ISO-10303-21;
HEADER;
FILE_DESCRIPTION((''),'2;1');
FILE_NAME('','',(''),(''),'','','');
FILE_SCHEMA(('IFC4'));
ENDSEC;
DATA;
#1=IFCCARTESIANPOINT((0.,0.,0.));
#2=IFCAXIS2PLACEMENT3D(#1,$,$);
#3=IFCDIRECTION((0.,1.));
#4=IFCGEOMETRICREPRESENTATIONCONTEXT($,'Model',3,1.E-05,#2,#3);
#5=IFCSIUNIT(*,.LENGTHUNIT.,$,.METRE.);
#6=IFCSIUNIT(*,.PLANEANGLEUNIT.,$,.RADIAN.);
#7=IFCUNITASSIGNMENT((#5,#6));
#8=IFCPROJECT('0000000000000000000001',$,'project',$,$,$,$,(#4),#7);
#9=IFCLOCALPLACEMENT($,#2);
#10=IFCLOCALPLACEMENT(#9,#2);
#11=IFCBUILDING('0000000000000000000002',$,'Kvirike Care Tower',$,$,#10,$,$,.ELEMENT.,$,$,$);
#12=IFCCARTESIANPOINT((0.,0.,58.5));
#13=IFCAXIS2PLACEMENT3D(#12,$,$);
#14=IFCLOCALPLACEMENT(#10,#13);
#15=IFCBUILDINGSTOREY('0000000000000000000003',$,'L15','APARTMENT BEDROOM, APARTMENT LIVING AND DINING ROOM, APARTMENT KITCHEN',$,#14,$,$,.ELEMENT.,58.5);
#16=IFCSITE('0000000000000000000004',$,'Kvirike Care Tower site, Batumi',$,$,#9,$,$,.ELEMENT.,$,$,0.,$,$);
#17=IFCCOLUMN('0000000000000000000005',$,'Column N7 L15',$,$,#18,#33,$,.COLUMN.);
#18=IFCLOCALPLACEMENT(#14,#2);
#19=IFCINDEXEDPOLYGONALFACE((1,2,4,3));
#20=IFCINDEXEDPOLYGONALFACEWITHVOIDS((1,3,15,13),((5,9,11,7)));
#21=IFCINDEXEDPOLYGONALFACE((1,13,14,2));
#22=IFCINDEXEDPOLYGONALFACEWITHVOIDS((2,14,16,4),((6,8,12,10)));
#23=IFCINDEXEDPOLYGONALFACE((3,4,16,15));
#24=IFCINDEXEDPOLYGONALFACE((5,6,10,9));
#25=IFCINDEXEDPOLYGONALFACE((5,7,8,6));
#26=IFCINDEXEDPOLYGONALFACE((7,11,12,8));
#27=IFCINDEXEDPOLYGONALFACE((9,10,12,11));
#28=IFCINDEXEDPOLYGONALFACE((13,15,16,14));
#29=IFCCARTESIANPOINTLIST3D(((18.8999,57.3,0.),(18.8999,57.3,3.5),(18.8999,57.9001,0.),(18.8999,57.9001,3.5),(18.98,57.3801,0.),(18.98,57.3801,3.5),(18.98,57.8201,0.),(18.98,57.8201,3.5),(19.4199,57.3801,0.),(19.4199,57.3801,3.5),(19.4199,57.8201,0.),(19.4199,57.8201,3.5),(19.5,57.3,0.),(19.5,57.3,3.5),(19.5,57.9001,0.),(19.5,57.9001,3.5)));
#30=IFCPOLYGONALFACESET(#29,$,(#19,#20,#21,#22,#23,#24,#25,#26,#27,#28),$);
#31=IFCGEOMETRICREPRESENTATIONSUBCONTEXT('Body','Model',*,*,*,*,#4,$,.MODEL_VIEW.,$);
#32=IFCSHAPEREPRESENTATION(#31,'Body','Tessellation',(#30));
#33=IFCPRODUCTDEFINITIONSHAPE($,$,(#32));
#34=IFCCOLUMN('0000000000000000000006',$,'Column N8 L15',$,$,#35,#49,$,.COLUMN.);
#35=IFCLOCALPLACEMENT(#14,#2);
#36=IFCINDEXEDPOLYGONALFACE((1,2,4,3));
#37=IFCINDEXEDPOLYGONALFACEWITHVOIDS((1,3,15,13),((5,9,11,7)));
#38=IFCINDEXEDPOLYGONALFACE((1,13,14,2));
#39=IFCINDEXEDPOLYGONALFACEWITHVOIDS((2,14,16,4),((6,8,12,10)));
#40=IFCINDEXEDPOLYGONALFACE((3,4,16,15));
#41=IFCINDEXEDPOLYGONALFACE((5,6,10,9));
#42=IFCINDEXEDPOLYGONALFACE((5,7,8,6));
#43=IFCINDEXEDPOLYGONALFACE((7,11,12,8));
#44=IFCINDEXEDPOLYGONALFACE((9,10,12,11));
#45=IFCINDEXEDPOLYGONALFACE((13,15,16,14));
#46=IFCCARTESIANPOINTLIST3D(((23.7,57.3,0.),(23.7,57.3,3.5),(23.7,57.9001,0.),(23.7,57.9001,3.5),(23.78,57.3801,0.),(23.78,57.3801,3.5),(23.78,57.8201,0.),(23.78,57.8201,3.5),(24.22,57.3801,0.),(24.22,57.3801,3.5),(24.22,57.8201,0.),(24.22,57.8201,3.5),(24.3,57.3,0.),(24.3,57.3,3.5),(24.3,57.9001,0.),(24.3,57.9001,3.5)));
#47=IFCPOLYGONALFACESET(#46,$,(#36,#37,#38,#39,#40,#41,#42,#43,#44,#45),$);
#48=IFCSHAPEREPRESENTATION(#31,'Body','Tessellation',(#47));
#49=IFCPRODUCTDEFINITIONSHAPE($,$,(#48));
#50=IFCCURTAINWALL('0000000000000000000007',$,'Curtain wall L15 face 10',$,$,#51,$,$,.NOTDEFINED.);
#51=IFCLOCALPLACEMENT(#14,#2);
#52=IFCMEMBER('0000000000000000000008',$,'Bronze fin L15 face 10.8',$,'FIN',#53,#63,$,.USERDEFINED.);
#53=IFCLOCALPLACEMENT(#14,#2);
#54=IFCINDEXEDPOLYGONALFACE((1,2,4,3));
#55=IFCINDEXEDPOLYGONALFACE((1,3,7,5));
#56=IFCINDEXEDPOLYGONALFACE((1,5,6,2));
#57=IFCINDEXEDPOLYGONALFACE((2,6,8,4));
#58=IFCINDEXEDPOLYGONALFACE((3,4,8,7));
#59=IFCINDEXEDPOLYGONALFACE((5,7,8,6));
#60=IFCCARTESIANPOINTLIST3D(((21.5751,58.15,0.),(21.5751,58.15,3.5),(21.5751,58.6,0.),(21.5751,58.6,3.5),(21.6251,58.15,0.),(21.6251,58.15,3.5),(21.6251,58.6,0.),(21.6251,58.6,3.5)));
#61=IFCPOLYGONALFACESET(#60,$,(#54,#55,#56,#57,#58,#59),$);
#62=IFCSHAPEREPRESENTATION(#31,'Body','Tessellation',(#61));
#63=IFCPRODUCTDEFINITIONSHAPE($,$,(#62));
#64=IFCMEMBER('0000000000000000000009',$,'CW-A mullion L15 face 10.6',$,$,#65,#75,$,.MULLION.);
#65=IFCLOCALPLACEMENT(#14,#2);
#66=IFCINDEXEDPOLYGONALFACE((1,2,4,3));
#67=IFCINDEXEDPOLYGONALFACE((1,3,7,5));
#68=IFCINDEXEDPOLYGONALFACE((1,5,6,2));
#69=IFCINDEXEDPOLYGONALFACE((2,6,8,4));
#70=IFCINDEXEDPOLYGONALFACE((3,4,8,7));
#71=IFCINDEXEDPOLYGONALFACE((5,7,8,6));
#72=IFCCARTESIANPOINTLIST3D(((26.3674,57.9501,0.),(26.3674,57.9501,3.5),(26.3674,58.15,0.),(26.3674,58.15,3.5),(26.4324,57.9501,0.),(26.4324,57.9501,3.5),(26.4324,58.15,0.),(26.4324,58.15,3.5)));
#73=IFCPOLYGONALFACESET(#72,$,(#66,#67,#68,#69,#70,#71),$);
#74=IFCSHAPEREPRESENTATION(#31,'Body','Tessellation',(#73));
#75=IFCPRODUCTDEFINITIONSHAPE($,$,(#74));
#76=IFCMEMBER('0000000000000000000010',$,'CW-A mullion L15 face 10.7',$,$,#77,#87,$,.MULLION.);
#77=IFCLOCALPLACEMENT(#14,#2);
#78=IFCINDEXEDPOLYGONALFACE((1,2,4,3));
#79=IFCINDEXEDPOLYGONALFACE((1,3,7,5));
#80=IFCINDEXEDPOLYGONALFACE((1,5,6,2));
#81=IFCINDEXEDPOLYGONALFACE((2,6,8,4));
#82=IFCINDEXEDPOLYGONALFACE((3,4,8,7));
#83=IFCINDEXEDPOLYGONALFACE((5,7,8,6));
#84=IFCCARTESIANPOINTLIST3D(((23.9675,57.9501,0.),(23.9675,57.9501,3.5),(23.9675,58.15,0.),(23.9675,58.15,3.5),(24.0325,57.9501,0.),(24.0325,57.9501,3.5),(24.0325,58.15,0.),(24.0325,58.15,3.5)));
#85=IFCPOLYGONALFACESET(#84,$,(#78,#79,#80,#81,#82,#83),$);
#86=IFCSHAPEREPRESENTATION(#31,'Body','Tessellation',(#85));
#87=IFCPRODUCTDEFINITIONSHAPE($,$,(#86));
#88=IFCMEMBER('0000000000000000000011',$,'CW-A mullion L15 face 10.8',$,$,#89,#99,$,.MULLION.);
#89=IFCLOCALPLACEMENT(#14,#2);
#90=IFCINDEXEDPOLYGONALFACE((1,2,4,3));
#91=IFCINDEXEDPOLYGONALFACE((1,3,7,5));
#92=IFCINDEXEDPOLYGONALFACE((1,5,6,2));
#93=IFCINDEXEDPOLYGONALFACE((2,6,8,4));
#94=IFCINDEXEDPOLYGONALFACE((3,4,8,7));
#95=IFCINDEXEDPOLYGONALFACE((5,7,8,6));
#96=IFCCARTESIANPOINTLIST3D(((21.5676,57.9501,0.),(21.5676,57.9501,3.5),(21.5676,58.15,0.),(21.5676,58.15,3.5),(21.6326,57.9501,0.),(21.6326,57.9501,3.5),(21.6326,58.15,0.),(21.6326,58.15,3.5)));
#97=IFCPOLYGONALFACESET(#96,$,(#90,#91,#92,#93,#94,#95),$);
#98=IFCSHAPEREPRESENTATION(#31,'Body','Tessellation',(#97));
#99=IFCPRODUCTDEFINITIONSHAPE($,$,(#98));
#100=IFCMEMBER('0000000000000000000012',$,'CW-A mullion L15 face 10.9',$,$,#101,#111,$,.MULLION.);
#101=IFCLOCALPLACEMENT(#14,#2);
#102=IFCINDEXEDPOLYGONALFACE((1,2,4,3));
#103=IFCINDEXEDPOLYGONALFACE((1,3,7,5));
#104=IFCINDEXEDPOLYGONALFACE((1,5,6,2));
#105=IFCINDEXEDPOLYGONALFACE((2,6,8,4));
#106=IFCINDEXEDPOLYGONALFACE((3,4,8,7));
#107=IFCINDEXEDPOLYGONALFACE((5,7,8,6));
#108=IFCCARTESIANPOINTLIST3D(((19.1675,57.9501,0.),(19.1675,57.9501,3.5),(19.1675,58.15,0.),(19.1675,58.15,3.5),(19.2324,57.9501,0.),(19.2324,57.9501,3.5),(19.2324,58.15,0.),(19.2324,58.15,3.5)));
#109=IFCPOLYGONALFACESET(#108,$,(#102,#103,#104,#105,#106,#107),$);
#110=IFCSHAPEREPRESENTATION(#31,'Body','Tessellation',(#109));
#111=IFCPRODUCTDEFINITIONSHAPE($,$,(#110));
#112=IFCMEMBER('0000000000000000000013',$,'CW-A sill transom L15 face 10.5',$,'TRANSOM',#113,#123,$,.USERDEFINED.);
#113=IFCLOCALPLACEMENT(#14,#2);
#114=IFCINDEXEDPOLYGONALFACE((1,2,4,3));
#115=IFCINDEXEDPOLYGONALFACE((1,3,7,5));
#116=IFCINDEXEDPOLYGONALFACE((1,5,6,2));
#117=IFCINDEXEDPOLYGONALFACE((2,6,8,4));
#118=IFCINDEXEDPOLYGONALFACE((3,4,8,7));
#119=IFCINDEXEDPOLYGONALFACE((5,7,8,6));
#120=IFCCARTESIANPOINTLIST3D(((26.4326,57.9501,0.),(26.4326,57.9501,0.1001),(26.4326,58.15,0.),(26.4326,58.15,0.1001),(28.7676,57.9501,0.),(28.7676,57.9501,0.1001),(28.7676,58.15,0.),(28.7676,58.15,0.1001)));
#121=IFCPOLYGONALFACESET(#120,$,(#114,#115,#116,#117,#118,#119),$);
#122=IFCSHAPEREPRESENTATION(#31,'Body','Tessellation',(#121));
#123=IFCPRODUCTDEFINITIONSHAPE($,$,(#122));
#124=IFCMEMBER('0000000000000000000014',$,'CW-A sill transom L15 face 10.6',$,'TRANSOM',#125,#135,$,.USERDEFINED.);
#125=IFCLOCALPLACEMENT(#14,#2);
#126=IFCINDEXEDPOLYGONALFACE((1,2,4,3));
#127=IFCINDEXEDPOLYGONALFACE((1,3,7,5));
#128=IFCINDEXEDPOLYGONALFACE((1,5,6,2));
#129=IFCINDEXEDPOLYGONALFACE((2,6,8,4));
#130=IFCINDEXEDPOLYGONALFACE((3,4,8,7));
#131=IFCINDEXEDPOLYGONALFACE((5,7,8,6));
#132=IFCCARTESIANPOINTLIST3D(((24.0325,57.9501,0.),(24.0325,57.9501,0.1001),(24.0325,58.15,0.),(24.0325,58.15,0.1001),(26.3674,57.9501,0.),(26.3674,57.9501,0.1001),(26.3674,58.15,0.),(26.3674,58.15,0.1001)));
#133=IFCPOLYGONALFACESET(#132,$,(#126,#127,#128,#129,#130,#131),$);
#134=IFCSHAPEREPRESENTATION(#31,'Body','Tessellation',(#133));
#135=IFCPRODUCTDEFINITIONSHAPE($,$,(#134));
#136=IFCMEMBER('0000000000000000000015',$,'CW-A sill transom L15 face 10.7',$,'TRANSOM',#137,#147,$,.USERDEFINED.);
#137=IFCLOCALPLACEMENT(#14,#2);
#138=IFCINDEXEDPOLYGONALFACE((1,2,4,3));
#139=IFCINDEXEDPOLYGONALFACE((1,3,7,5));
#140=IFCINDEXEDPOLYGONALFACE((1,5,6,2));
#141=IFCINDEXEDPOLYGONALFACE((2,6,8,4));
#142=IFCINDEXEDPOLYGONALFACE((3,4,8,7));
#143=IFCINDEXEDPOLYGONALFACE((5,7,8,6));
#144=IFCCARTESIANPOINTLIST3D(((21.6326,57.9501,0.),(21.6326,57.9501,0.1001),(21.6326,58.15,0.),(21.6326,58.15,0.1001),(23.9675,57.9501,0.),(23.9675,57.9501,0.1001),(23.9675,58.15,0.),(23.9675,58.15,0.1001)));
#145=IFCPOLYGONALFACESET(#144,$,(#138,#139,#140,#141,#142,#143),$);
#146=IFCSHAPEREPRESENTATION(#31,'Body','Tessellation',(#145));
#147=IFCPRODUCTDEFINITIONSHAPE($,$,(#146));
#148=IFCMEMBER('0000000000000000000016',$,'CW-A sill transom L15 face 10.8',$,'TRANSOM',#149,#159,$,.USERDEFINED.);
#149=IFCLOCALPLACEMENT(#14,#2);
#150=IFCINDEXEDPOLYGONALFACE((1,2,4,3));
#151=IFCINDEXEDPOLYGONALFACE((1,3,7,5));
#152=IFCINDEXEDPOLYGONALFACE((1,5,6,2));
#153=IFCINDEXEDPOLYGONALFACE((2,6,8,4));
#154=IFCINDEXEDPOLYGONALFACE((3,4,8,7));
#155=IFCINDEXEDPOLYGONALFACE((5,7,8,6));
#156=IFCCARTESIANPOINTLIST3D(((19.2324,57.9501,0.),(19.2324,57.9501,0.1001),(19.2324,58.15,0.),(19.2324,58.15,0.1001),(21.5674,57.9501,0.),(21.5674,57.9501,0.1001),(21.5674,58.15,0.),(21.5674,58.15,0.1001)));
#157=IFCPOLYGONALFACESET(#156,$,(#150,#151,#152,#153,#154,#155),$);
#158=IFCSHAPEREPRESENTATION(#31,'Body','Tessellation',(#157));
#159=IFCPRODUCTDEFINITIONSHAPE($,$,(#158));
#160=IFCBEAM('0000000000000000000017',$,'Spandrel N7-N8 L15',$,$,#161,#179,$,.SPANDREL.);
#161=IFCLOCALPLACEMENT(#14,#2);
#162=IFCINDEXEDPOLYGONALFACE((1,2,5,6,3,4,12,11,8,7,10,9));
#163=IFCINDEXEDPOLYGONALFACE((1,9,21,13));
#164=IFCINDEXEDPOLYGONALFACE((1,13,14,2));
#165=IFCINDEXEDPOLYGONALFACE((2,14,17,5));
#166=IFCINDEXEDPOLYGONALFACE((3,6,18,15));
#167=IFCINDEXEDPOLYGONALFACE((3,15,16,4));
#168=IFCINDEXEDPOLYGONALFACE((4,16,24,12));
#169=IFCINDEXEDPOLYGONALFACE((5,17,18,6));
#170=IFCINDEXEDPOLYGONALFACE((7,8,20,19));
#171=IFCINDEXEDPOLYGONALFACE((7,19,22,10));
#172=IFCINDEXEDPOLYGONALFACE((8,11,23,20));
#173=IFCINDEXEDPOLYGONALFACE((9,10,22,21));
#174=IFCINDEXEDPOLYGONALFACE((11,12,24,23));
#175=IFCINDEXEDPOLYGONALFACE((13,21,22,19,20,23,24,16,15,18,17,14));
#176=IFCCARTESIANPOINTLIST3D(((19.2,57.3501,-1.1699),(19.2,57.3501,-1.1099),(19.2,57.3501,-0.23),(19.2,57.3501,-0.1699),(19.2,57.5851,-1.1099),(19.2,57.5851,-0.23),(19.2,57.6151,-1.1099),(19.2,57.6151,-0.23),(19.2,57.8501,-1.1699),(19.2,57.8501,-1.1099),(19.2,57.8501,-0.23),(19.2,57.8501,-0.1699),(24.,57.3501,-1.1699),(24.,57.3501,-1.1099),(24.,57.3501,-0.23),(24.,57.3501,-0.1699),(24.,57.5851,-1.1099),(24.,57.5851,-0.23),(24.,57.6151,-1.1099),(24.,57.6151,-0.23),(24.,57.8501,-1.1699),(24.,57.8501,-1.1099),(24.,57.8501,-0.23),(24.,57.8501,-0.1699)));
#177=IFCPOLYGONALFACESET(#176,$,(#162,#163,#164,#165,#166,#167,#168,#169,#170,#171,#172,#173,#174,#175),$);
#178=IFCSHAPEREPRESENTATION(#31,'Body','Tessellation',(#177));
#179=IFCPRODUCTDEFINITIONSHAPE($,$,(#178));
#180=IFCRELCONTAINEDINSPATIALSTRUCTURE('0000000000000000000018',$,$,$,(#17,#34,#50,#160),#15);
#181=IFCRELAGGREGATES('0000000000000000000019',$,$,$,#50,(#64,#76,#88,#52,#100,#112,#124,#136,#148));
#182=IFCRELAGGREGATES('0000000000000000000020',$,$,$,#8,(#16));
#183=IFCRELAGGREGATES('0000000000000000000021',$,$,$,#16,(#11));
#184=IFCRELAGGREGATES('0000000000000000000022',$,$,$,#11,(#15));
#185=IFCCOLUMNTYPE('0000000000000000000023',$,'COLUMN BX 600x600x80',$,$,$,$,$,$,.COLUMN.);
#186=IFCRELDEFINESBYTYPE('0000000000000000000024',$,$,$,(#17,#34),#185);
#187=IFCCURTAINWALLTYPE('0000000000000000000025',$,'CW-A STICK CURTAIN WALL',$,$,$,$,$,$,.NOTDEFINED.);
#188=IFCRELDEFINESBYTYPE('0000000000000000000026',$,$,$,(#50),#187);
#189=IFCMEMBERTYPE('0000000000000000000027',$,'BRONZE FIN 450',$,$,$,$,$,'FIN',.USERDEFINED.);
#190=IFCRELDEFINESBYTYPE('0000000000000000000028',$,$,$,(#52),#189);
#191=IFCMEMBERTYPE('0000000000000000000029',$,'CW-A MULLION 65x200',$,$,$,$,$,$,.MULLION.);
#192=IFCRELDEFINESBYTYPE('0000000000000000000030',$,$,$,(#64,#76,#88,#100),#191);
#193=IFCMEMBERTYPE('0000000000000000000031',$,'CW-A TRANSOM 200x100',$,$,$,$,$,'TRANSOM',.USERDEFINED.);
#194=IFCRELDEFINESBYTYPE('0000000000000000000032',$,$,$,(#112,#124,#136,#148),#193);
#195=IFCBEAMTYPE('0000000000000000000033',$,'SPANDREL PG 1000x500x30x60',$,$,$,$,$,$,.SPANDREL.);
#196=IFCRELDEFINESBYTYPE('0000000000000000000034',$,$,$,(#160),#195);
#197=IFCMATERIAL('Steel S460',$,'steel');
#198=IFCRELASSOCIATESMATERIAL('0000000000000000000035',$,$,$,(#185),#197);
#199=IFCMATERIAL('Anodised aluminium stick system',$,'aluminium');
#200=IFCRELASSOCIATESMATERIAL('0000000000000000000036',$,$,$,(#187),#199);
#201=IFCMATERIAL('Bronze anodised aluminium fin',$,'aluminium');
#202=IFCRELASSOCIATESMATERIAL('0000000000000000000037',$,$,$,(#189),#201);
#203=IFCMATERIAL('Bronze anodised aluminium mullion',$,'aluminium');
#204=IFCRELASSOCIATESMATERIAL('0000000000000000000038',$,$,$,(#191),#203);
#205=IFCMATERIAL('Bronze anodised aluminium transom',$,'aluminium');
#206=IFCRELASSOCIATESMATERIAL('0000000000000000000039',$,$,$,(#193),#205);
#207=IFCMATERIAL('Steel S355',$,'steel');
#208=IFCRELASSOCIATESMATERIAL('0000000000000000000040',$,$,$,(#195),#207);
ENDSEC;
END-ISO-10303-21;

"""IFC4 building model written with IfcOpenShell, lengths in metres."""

from ifc_helpers import new_model, si_unit, direction, frame, origin, origin_2d, place, context, subcontext, project, spatial, rectangle, hollow_rectangle, i_section, extrude, material, material_profile, profile_set, type_object, element, aggregate, save


model = new_model("IFC4")

# Units and contexts
model_context = context("Model", 3, precision=1e-05, world=origin(), true_north=direction((0.0, 1.0)))
body_context = subcontext(model_context, "Body", "Model", "MODEL_VIEW")
ifc_project = project(units=[si_unit("LENGTHUNIT", "METRE"), si_unit("PLANEANGLEUNIT", "RADIAN")], contexts=[model_context])

# Site, building, storey
site_placement = place(None, origin())
site = spatial("IfcSite", under=ifc_project, at=site_placement, Name="Kvirike Care Tower site, Batumi", CompositionType="ELEMENT", RefElevation=0.0)
building_placement = place(site_placement, origin())
building = spatial("IfcBuilding", under=site, at=building_placement, Name="Kvirike Care Tower", CompositionType="ELEMENT")
storey_placement = place(building_placement, frame((0.0, 0.0, 58.5)))
storey = spatial("IfcBuildingStorey", under=building, at=storey_placement, Name="L15", Description="APARTMENT BEDROOM, APARTMENT LIVING AND DINING ROOM, APARTMENT KITCHEN", CompositionType="ELEMENT", Elevation=58.5)

# Columns
ifc_material_1 = material(Name="Steel S460", Category="steel")
ifc_material_profile_1 = material_profile(ifc_material_1, hollow_rectangle(XDim=0.6001, YDim=0.6001, WallThickness=0.0801, at=origin_2d()), Name="BX 600x600x80")
ifc_profile_set_1 = profile_set([ifc_material_profile_1], Name="Steel S460")
column_type = type_object("IfcColumnType", Name="COLUMN BX 600x600x80", PredefinedType="COLUMN", material=ifc_profile_set_1)
for number, where, z_axis, x_axis, name in (
    (1, (19.2, 57.6001, 0.0), (0.0, 0.0, 1.0), (0.0, 1.0, 0.0), "Column N7 L15"),
    (2, (24.0, 57.6001, 0.0), (0.0, 0.0, 1.0), (0.0, 1.0, 0.0), "Column N8 L15"),
):
    element("IfcColumn", number, at=place(storey_placement, frame(where, z_axis=z_axis, x_axis=x_axis)), inside=storey, type_object=column_type, Name=name, PredefinedType="COLUMN", context=body_context, shape_type="SweptSolid", body=[
        extrude(hollow_rectangle(XDim=0.6001, YDim=0.6001, WallThickness=0.0801, at=origin_2d()), origin(), (0.0, 0.0, 1.0), 3.5),
    ])

# Curtain wall, members
ifc_material_2 = material(Name="Anodised aluminium stick system", Category="aluminium")
curtain_wall_type = type_object("IfcCurtainWallType", Name="CW-A STICK CURTAIN WALL", PredefinedType="NOTDEFINED", material=ifc_material_2)
curtain_wall_placement = place(storey_placement, origin())
curtain_wall = element("IfcCurtainWall", 3, at=curtain_wall_placement, inside=storey, type_object=curtain_wall_type, Name="Curtain wall L15 face 10", PredefinedType="NOTDEFINED")
ifc_material_3 = material(Name="Bronze anodised aluminium fin", Category="aluminium")
ifc_material_profile_2 = material_profile(ifc_material_3, rectangle(XDim=0.05, YDim=0.45, at=origin_2d()), Name="BRONZE FIN 450")
ifc_profile_set_2 = profile_set([ifc_material_profile_2], Name="Bronze anodised aluminium fin")
member_type_1 = type_object("IfcMemberType", Name="BRONZE FIN 450", ElementType="FIN", PredefinedType="USERDEFINED", material=ifc_profile_set_2)
member_1_placement = place(storey_placement, frame((21.6001, 58.375, 0.0), z_axis=(0.0, 0.0, 1.0), x_axis=(-1.0, 0.0, 0.0)))
member_1 = element("IfcMember", 4, at=member_1_placement, type_object=member_type_1, Name="Bronze fin L15 face 10.8", ObjectType="FIN", PredefinedType="USERDEFINED", context=body_context, shape_type="SweptSolid", body=[
    extrude(rectangle(XDim=0.05, YDim=0.45, at=origin_2d()), origin(), (0.0, 0.0, 1.0), 3.5),
])
ifc_material_4 = material(Name="Bronze anodised aluminium mullion", Category="aluminium")
ifc_material_profile_3 = material_profile(ifc_material_4, rectangle(XDim=0.0649, YDim=0.2, at=origin_2d()), Name="CW-A MULLION 65x200")
ifc_profile_set_3 = profile_set([ifc_material_profile_3], Name="Bronze anodised aluminium mullion")
member_type_2 = type_object("IfcMemberType", Name="CW-A MULLION 65x200", PredefinedType="MULLION", material=ifc_profile_set_3)
member_2_placement = place(storey_placement, frame((26.3999, 58.05, 0.0), z_axis=(0.0, 0.0, 1.0), x_axis=(-1.0, 0.0, 0.0)))
member_2 = element("IfcMember", 5, at=member_2_placement, type_object=member_type_2, Name="CW-A mullion L15 face 10.6", PredefinedType="MULLION", context=body_context, shape_type="SweptSolid", body=[
    extrude(rectangle(XDim=0.0649, YDim=0.2, at=origin_2d()), origin(), (0.0, 0.0, 1.0), 3.5),
])
member_3_placement = place(storey_placement, frame((24.0, 58.05, 0.0), z_axis=(0.0, 0.0, 1.0), x_axis=(-1.0, 0.0, 0.0)))
member_3 = element("IfcMember", 6, at=member_3_placement, type_object=member_type_2, Name="CW-A mullion L15 face 10.7", PredefinedType="MULLION", context=body_context, shape_type="SweptSolid", body=[
    extrude(rectangle(XDim=0.0649, YDim=0.2, at=origin_2d()), origin(), (0.0, 0.0, 1.0), 3.5),
])
member_4_placement = place(storey_placement, frame((21.6001, 58.05, 0.0), z_axis=(0.0, 0.0, 1.0), x_axis=(-1.0, 0.0, 0.0)))
member_4 = element("IfcMember", 7, at=member_4_placement, type_object=member_type_2, Name="CW-A mullion L15 face 10.8", PredefinedType="MULLION", context=body_context, shape_type="SweptSolid", body=[
    extrude(rectangle(XDim=0.0649, YDim=0.2, at=origin_2d()), origin(), (0.0, 0.0, 1.0), 3.5),
])
member_5_placement = place(storey_placement, frame((19.2, 58.05, 0.0), z_axis=(0.0, 0.0, 1.0), x_axis=(-1.0, 0.0, 0.0)))
member_5 = element("IfcMember", 8, at=member_5_placement, type_object=member_type_2, Name="CW-A mullion L15 face 10.9", PredefinedType="MULLION", context=body_context, shape_type="SweptSolid", body=[
    extrude(rectangle(XDim=0.0649, YDim=0.2, at=origin_2d()), origin(), (0.0, 0.0, 1.0), 3.5),
])
ifc_material_5 = material(Name="Bronze anodised aluminium transom", Category="aluminium")
ifc_material_profile_4 = material_profile(ifc_material_5, rectangle(XDim=0.2, YDim=0.1001, at=origin_2d()), Name="CW-A TRANSOM 200x100")
ifc_profile_set_4 = profile_set([ifc_material_profile_4], Name="Bronze anodised aluminium transom")
member_type_3 = type_object("IfcMemberType", Name="CW-A TRANSOM 200x100", ElementType="TRANSOM", PredefinedType="USERDEFINED", material=ifc_profile_set_4)
member_6_placement = place(storey_placement, frame((28.7676, 58.05, 0.05), z_axis=(-1.0, 0.0, 0.0), x_axis=(0.0, -1.0, 0.0)))
member_6 = element("IfcMember", 9, at=member_6_placement, type_object=member_type_3, Name="CW-A sill transom L15 face 10.5", ObjectType="TRANSOM", PredefinedType="USERDEFINED", context=body_context, shape_type="SweptSolid", body=[
    extrude(rectangle(XDim=0.2, YDim=0.1001, at=origin_2d()), origin(), (0.0, 0.0, 1.0), 2.335),
])
member_7_placement = place(storey_placement, frame((26.3674, 58.05, 0.05), z_axis=(-1.0, 0.0, 0.0), x_axis=(0.0, -1.0, 0.0)))
member_7 = element("IfcMember", 10, at=member_7_placement, type_object=member_type_3, Name="CW-A sill transom L15 face 10.6", ObjectType="TRANSOM", PredefinedType="USERDEFINED", context=body_context, shape_type="SweptSolid", body=[
    extrude(rectangle(XDim=0.2, YDim=0.1001, at=origin_2d()), origin(), (0.0, 0.0, 1.0), 2.335),
])
member_8_placement = place(storey_placement, frame((23.9675, 58.05, 0.05), z_axis=(-1.0, 0.0, 0.0), x_axis=(0.0, -1.0, 0.0)))
member_8 = element("IfcMember", 11, at=member_8_placement, type_object=member_type_3, Name="CW-A sill transom L15 face 10.7", ObjectType="TRANSOM", PredefinedType="USERDEFINED", context=body_context, shape_type="SweptSolid", body=[
    extrude(rectangle(XDim=0.2, YDim=0.1001, at=origin_2d()), origin(), (0.0, 0.0, 1.0), 2.335),
])
member_9_placement = place(storey_placement, frame((21.5674, 58.05, 0.05), z_axis=(-1.0, 0.0, 0.0), x_axis=(0.0, -1.0, 0.0)))
member_9 = element("IfcMember", 12, at=member_9_placement, type_object=member_type_3, Name="CW-A sill transom L15 face 10.8", ObjectType="TRANSOM", PredefinedType="USERDEFINED", context=body_context, shape_type="SweptSolid", body=[
    extrude(rectangle(XDim=0.2, YDim=0.1001, at=origin_2d()), origin(), (0.0, 0.0, 1.0), 2.335),
])

# Beam
ifc_material_6 = material(Name="Steel S355", Category="steel")
ifc_material_profile_5 = material_profile(ifc_material_6, i_section(OverallWidth=0.5, OverallDepth=1.0, WebThickness=0.03, FlangeThickness=0.0601, at=origin_2d()), Name="PG 1000x500x30x60")
ifc_profile_set_5 = profile_set([ifc_material_profile_5], Name="Steel S355")
beam_type = type_object("IfcBeamType", Name="SPANDREL PG 1000x500x30x60", PredefinedType="SPANDREL", material=ifc_profile_set_5)
for number, where, z_axis, x_axis, name in (
    (13, (19.2, 57.6001, -0.6699), (1.0, 0.0, 0.0), (0.0, 1.0, 0.0), "Spandrel N7-N8 L15"),
):
    element("IfcBeam", number, at=place(storey_placement, frame(where, z_axis=z_axis, x_axis=x_axis)), inside=storey, type_object=beam_type, Name=name, PredefinedType="SPANDREL", context=body_context, shape_type="SweptSolid", body=[
        extrude(i_section(OverallWidth=0.5, OverallDepth=1.0, WebThickness=0.03, FlangeThickness=0.0601, at=origin_2d()), origin(), (0.0, 0.0, 1.0), 4.8),
    ])

aggregate(curtain_wall, [member_2, member_3, member_4, member_1, member_5, member_6, member_7, member_8, member_9])

save(model, "model.ifc")
